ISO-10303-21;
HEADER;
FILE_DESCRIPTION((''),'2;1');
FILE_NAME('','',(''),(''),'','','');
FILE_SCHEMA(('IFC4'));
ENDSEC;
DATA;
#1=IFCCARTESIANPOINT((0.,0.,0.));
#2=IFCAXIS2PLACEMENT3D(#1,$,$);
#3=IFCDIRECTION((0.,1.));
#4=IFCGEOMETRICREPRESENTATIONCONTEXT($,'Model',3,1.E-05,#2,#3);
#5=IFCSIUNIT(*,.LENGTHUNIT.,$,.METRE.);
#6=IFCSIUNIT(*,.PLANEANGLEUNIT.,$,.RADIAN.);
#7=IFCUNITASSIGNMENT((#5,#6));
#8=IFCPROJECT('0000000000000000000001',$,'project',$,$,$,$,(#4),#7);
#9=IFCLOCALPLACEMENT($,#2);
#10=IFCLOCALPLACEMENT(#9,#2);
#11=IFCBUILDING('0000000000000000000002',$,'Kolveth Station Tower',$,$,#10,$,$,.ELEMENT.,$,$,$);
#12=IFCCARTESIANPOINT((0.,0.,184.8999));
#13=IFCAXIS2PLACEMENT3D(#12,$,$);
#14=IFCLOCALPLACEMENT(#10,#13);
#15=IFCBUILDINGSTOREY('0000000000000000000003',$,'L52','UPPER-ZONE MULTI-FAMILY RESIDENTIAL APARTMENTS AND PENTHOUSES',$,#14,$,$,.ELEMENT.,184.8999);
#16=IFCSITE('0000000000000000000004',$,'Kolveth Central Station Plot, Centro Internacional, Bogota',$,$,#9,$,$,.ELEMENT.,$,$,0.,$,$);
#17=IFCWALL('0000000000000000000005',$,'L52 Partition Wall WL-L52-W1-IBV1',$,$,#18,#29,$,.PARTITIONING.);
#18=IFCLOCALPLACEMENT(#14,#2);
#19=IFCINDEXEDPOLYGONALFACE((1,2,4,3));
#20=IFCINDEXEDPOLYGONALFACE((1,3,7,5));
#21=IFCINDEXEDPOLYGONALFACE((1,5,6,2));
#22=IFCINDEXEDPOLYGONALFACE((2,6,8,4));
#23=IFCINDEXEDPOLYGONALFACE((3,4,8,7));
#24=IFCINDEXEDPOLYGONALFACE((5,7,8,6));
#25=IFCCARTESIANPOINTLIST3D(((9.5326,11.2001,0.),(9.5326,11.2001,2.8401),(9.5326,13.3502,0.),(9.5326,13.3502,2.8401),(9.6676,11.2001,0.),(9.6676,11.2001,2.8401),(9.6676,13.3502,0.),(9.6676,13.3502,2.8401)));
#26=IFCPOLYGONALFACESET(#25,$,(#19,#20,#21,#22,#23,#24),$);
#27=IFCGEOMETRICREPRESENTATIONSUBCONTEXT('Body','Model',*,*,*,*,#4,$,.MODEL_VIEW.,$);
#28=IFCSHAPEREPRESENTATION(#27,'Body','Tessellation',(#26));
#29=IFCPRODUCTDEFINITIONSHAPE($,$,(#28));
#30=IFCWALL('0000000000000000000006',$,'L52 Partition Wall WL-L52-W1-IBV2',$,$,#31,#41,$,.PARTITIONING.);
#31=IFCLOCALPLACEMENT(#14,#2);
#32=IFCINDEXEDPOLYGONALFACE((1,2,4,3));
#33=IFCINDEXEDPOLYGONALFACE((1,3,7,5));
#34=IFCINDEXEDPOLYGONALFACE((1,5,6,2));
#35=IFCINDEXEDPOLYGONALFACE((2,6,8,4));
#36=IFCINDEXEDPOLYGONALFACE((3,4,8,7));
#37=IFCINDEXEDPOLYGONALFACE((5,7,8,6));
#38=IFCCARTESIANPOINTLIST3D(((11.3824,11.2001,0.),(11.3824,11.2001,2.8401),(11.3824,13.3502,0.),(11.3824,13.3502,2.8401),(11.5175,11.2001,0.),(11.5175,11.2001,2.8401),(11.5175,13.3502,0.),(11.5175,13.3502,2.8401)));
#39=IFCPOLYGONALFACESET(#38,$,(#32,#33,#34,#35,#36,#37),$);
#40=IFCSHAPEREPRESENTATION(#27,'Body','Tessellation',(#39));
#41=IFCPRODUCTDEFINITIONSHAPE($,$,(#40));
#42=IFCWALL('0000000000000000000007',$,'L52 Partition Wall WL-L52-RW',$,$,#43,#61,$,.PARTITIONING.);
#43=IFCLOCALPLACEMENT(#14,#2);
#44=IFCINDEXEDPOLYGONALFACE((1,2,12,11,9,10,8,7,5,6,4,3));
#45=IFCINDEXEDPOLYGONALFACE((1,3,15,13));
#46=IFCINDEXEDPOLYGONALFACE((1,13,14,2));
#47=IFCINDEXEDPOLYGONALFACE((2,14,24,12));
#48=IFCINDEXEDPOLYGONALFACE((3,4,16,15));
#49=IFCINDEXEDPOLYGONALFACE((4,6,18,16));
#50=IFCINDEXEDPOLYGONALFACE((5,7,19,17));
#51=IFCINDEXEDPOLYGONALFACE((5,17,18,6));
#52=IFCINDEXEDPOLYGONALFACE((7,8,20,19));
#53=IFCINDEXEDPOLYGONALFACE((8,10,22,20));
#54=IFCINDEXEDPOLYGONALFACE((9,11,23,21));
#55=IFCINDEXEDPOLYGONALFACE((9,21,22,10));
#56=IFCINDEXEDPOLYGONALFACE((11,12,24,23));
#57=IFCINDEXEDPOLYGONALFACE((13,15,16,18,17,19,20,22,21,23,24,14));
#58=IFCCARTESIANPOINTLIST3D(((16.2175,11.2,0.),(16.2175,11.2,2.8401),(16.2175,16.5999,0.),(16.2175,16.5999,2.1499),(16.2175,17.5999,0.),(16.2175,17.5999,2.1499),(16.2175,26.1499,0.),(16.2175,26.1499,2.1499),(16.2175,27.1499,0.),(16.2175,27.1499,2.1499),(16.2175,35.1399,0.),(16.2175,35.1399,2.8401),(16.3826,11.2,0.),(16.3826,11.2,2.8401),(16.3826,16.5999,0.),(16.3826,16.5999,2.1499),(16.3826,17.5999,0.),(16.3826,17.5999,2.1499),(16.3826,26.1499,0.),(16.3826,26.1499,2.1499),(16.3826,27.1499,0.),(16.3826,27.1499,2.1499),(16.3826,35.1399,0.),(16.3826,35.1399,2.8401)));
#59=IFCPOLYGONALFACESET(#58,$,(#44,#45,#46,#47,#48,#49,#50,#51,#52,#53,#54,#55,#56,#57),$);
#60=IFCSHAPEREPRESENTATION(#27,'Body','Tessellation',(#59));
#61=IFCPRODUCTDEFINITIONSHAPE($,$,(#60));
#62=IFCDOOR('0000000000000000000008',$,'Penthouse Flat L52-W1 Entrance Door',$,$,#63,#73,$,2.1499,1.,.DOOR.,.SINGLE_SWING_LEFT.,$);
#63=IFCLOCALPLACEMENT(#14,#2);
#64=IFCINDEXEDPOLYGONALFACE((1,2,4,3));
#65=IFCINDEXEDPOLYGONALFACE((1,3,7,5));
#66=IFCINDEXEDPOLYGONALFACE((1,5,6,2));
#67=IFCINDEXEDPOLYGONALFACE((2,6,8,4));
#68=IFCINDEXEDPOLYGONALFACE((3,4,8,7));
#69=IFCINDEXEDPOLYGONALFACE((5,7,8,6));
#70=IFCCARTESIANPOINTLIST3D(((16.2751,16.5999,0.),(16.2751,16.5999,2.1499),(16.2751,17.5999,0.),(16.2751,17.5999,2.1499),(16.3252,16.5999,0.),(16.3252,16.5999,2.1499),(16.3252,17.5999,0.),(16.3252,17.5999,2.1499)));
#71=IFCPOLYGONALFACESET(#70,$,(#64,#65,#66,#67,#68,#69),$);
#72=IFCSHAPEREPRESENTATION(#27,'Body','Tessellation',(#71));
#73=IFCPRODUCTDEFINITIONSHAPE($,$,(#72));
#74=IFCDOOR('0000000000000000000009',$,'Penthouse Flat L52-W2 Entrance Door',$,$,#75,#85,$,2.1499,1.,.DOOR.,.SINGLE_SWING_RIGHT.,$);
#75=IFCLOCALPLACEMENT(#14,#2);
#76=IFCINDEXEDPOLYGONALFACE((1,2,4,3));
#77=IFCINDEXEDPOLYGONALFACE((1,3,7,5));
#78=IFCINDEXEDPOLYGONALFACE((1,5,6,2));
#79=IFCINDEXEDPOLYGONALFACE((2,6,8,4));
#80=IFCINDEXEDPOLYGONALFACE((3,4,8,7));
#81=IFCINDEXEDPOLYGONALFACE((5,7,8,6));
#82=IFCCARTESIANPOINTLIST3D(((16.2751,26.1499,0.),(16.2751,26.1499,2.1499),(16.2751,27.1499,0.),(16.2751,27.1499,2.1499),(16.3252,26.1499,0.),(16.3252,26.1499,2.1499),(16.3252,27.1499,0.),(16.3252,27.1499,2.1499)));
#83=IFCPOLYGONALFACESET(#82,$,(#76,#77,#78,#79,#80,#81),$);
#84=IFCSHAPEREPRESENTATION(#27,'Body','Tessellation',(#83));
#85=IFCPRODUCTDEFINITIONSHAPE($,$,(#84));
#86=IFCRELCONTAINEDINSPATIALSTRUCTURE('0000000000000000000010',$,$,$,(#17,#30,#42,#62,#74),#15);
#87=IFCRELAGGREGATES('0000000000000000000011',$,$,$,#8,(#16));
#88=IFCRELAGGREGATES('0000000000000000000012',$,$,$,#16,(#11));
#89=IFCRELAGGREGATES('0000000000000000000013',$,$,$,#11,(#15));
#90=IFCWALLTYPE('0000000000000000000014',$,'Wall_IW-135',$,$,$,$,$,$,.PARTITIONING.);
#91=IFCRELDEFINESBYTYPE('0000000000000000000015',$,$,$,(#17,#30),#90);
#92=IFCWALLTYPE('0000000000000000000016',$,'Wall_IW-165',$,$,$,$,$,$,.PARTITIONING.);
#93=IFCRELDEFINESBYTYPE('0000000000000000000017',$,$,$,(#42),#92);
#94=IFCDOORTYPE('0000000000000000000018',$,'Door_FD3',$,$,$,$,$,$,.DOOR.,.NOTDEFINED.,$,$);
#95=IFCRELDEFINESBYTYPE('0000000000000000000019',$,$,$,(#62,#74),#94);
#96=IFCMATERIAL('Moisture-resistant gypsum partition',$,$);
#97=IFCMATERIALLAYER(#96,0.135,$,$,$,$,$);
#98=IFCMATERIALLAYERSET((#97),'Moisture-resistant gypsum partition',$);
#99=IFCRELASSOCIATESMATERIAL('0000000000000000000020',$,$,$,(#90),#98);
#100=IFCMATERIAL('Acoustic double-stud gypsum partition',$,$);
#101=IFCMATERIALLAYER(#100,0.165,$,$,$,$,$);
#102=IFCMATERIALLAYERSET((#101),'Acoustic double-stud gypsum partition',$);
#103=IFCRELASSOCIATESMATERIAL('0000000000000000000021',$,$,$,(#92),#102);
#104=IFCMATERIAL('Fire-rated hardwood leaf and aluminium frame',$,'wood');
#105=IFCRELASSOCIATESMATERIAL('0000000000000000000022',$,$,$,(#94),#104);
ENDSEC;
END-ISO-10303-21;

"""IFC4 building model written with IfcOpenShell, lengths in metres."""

from ifc_helpers import new_model, si_unit, direction, frame, frame_2d, origin, place, context, subcontext, project, spatial, rectangle, extrude, material, layer, layer_set, type_object, element, fill, save


model = new_model("IFC4")

# Units and contexts
model_context = context("Model", 3, precision=1e-05, world=origin(), true_north=direction((0.0, 1.0)))
body_context = subcontext(model_context, "Body", "Model", "MODEL_VIEW")
ifc_project = project(units=[si_unit("LENGTHUNIT", "METRE"), si_unit("PLANEANGLEUNIT", "RADIAN")], contexts=[model_context])

# Site, building, storey
site_placement = place(None, origin())
site = spatial("IfcSite", under=ifc_project, at=site_placement, Name="Kolveth Central Station Plot, Centro Internacional, Bogota", CompositionType="ELEMENT", RefElevation=0.0)
building_placement = place(site_placement, origin())
building = spatial("IfcBuilding", under=site, at=building_placement, Name="Kolveth Station Tower", CompositionType="ELEMENT")
storey_placement = place(building_placement, frame((0.0, 0.0, 184.8999)))
storey = spatial("IfcBuildingStorey", under=building, at=storey_placement, Name="L52", Description="UPPER-ZONE MULTI-FAMILY RESIDENTIAL APARTMENTS AND PENTHOUSES", CompositionType="ELEMENT", Elevation=184.8999)

# Shared definitions
ifc_material_1 = material(Name="Moisture-resistant gypsum partition")
ifc_layer_1 = layer(ifc_material_1, 0.135)
ifc_layer_set_1 = layer_set([ifc_layer_1], Name="Moisture-resistant gypsum partition")
wall_type_1 = type_object("IfcWallType", Name="Wall_IW-135", PredefinedType="PARTITIONING", material=ifc_layer_set_1)

# Walls
for number, where, z_axis, x_axis, name in (
    (1, (9.6001, 11.2, 0.0), (0.0, 0.0, 1.0), (0.0, 1.0, 0.0), "L52 Partition Wall WL-L52-W1-IBV1"),
    (2, (11.45, 11.2, 0.0), (0.0, 0.0, 1.0), (0.0, 1.0, 0.0), "L52 Partition Wall WL-L52-W1-IBV2"),
):
    element("IfcWall", number, at=place(storey_placement, frame(where, z_axis=z_axis, x_axis=x_axis)), inside=storey, type_object=wall_type_1, Name=name, PredefinedType="PARTITIONING", context=body_context, shape_type="SweptSolid", body=[
        extrude(rectangle(XDim=2.1501, YDim=0.135, at=frame_2d((1.0752, 0.0))), origin(), (0.0, 0.0, 1.0), 2.8401),
    ])

# Wall, openings, doors
ifc_material_2 = material(Name="Acoustic double-stud gypsum partition")
ifc_layer_2 = layer(ifc_material_2, 0.165)
ifc_layer_set_2 = layer_set([ifc_layer_2], Name="Acoustic double-stud gypsum partition")
wall_type_2 = type_object("IfcWallType", Name="Wall_IW-165", PredefinedType="PARTITIONING", material=ifc_layer_set_2)
wall_1_placement = place(storey_placement, frame((16.3, 11.2, 0.0), z_axis=(0.0, 0.0, 1.0), x_axis=(0.0, 1.0, 0.0)))
wall_1 = element("IfcWall", 3, at=wall_1_placement, inside=storey, type_object=wall_type_2, Name="L52 Partition Wall WL-L52-RW", PredefinedType="PARTITIONING", context=body_context, shape_type="SweptSolid", body=[
    extrude(rectangle(XDim=23.9399, YDim=0.165, at=frame_2d((11.97, 0.0))), origin(), (0.0, 0.0, 1.0), 2.8401),
])
opening_1_placement = place(wall_1_placement, frame((5.3999, 0.0, 0.0)))
opening_1 = element("IfcOpeningElement", 4, at=opening_1_placement, cuts=wall_1, PredefinedType="OPENING", context=body_context, shape_type="SweptSolid", body=[
    extrude(rectangle(XDim=1.0, YDim=2.1499, at=frame_2d((0.5, 1.075))), frame((0.0, 0.0925, 0.0), z_axis=(0.0, -1.0, 0.0), x_axis=(1.0, 0.0, 0.0)), (0.0, 0.0, 1.0), 0.1851),
])
opening_2_placement = place(wall_1_placement, frame((14.95, 0.0, 0.0)))
opening_2 = element("IfcOpeningElement", 5, at=opening_2_placement, cuts=wall_1, PredefinedType="OPENING", context=body_context, shape_type="SweptSolid", body=[
    extrude(rectangle(XDim=1.0, YDim=2.1499, at=frame_2d((0.5, 1.075))), frame((0.0, 0.0925, 0.0), z_axis=(0.0, -1.0, 0.0), x_axis=(1.0, 0.0, 0.0)), (0.0, 0.0, 1.0), 0.1851),
])
ifc_material_3 = material(Name="Fire-rated hardwood leaf and aluminium frame", Category="wood")
door_type_1 = type_object("IfcDoorType", Name="Door_FD3", OperationType="NOTDEFINED", PredefinedType="DOOR", material=ifc_material_3)
door_1_placement = place(opening_1_placement, origin())
door_1 = element("IfcDoor", 6, at=door_1_placement, inside=storey, type_object=door_type_1, Name="Penthouse Flat L52-W1 Entrance Door", OperationType="SINGLE_SWING_LEFT", OverallHeight=2.1499, OverallWidth=1.0, PredefinedType="DOOR", context=body_context, shape_type="SweptSolid", body=[
    extrude(rectangle(XDim=1.0, YDim=2.1499, at=frame_2d((0.5, 1.075))), frame((0.0, 0.0249, 0.0), z_axis=(0.0, -1.0, 0.0), x_axis=(1.0, 0.0, 0.0)), (0.0, 0.0, 1.0), 0.05),
])
fill(opening_1, door_1)
door_2_placement = place(opening_2_placement, origin())
door_2 = element("IfcDoor", 7, at=door_2_placement, inside=storey, type_object=door_type_1, Name="Penthouse Flat L52-W2 Entrance Door", OperationType="SINGLE_SWING_RIGHT", OverallHeight=2.1499, OverallWidth=1.0, PredefinedType="DOOR", context=body_context, shape_type="SweptSolid", body=[
    extrude(rectangle(XDim=1.0, YDim=2.1499, at=frame_2d((0.5, 1.075))), frame((0.0, 0.0249, 0.0), z_axis=(0.0, -1.0, 0.0), x_axis=(1.0, 0.0, 0.0)), (0.0, 0.0, 1.0), 0.05),
])
fill(opening_2, door_2)

save(model, "model.ifc")
